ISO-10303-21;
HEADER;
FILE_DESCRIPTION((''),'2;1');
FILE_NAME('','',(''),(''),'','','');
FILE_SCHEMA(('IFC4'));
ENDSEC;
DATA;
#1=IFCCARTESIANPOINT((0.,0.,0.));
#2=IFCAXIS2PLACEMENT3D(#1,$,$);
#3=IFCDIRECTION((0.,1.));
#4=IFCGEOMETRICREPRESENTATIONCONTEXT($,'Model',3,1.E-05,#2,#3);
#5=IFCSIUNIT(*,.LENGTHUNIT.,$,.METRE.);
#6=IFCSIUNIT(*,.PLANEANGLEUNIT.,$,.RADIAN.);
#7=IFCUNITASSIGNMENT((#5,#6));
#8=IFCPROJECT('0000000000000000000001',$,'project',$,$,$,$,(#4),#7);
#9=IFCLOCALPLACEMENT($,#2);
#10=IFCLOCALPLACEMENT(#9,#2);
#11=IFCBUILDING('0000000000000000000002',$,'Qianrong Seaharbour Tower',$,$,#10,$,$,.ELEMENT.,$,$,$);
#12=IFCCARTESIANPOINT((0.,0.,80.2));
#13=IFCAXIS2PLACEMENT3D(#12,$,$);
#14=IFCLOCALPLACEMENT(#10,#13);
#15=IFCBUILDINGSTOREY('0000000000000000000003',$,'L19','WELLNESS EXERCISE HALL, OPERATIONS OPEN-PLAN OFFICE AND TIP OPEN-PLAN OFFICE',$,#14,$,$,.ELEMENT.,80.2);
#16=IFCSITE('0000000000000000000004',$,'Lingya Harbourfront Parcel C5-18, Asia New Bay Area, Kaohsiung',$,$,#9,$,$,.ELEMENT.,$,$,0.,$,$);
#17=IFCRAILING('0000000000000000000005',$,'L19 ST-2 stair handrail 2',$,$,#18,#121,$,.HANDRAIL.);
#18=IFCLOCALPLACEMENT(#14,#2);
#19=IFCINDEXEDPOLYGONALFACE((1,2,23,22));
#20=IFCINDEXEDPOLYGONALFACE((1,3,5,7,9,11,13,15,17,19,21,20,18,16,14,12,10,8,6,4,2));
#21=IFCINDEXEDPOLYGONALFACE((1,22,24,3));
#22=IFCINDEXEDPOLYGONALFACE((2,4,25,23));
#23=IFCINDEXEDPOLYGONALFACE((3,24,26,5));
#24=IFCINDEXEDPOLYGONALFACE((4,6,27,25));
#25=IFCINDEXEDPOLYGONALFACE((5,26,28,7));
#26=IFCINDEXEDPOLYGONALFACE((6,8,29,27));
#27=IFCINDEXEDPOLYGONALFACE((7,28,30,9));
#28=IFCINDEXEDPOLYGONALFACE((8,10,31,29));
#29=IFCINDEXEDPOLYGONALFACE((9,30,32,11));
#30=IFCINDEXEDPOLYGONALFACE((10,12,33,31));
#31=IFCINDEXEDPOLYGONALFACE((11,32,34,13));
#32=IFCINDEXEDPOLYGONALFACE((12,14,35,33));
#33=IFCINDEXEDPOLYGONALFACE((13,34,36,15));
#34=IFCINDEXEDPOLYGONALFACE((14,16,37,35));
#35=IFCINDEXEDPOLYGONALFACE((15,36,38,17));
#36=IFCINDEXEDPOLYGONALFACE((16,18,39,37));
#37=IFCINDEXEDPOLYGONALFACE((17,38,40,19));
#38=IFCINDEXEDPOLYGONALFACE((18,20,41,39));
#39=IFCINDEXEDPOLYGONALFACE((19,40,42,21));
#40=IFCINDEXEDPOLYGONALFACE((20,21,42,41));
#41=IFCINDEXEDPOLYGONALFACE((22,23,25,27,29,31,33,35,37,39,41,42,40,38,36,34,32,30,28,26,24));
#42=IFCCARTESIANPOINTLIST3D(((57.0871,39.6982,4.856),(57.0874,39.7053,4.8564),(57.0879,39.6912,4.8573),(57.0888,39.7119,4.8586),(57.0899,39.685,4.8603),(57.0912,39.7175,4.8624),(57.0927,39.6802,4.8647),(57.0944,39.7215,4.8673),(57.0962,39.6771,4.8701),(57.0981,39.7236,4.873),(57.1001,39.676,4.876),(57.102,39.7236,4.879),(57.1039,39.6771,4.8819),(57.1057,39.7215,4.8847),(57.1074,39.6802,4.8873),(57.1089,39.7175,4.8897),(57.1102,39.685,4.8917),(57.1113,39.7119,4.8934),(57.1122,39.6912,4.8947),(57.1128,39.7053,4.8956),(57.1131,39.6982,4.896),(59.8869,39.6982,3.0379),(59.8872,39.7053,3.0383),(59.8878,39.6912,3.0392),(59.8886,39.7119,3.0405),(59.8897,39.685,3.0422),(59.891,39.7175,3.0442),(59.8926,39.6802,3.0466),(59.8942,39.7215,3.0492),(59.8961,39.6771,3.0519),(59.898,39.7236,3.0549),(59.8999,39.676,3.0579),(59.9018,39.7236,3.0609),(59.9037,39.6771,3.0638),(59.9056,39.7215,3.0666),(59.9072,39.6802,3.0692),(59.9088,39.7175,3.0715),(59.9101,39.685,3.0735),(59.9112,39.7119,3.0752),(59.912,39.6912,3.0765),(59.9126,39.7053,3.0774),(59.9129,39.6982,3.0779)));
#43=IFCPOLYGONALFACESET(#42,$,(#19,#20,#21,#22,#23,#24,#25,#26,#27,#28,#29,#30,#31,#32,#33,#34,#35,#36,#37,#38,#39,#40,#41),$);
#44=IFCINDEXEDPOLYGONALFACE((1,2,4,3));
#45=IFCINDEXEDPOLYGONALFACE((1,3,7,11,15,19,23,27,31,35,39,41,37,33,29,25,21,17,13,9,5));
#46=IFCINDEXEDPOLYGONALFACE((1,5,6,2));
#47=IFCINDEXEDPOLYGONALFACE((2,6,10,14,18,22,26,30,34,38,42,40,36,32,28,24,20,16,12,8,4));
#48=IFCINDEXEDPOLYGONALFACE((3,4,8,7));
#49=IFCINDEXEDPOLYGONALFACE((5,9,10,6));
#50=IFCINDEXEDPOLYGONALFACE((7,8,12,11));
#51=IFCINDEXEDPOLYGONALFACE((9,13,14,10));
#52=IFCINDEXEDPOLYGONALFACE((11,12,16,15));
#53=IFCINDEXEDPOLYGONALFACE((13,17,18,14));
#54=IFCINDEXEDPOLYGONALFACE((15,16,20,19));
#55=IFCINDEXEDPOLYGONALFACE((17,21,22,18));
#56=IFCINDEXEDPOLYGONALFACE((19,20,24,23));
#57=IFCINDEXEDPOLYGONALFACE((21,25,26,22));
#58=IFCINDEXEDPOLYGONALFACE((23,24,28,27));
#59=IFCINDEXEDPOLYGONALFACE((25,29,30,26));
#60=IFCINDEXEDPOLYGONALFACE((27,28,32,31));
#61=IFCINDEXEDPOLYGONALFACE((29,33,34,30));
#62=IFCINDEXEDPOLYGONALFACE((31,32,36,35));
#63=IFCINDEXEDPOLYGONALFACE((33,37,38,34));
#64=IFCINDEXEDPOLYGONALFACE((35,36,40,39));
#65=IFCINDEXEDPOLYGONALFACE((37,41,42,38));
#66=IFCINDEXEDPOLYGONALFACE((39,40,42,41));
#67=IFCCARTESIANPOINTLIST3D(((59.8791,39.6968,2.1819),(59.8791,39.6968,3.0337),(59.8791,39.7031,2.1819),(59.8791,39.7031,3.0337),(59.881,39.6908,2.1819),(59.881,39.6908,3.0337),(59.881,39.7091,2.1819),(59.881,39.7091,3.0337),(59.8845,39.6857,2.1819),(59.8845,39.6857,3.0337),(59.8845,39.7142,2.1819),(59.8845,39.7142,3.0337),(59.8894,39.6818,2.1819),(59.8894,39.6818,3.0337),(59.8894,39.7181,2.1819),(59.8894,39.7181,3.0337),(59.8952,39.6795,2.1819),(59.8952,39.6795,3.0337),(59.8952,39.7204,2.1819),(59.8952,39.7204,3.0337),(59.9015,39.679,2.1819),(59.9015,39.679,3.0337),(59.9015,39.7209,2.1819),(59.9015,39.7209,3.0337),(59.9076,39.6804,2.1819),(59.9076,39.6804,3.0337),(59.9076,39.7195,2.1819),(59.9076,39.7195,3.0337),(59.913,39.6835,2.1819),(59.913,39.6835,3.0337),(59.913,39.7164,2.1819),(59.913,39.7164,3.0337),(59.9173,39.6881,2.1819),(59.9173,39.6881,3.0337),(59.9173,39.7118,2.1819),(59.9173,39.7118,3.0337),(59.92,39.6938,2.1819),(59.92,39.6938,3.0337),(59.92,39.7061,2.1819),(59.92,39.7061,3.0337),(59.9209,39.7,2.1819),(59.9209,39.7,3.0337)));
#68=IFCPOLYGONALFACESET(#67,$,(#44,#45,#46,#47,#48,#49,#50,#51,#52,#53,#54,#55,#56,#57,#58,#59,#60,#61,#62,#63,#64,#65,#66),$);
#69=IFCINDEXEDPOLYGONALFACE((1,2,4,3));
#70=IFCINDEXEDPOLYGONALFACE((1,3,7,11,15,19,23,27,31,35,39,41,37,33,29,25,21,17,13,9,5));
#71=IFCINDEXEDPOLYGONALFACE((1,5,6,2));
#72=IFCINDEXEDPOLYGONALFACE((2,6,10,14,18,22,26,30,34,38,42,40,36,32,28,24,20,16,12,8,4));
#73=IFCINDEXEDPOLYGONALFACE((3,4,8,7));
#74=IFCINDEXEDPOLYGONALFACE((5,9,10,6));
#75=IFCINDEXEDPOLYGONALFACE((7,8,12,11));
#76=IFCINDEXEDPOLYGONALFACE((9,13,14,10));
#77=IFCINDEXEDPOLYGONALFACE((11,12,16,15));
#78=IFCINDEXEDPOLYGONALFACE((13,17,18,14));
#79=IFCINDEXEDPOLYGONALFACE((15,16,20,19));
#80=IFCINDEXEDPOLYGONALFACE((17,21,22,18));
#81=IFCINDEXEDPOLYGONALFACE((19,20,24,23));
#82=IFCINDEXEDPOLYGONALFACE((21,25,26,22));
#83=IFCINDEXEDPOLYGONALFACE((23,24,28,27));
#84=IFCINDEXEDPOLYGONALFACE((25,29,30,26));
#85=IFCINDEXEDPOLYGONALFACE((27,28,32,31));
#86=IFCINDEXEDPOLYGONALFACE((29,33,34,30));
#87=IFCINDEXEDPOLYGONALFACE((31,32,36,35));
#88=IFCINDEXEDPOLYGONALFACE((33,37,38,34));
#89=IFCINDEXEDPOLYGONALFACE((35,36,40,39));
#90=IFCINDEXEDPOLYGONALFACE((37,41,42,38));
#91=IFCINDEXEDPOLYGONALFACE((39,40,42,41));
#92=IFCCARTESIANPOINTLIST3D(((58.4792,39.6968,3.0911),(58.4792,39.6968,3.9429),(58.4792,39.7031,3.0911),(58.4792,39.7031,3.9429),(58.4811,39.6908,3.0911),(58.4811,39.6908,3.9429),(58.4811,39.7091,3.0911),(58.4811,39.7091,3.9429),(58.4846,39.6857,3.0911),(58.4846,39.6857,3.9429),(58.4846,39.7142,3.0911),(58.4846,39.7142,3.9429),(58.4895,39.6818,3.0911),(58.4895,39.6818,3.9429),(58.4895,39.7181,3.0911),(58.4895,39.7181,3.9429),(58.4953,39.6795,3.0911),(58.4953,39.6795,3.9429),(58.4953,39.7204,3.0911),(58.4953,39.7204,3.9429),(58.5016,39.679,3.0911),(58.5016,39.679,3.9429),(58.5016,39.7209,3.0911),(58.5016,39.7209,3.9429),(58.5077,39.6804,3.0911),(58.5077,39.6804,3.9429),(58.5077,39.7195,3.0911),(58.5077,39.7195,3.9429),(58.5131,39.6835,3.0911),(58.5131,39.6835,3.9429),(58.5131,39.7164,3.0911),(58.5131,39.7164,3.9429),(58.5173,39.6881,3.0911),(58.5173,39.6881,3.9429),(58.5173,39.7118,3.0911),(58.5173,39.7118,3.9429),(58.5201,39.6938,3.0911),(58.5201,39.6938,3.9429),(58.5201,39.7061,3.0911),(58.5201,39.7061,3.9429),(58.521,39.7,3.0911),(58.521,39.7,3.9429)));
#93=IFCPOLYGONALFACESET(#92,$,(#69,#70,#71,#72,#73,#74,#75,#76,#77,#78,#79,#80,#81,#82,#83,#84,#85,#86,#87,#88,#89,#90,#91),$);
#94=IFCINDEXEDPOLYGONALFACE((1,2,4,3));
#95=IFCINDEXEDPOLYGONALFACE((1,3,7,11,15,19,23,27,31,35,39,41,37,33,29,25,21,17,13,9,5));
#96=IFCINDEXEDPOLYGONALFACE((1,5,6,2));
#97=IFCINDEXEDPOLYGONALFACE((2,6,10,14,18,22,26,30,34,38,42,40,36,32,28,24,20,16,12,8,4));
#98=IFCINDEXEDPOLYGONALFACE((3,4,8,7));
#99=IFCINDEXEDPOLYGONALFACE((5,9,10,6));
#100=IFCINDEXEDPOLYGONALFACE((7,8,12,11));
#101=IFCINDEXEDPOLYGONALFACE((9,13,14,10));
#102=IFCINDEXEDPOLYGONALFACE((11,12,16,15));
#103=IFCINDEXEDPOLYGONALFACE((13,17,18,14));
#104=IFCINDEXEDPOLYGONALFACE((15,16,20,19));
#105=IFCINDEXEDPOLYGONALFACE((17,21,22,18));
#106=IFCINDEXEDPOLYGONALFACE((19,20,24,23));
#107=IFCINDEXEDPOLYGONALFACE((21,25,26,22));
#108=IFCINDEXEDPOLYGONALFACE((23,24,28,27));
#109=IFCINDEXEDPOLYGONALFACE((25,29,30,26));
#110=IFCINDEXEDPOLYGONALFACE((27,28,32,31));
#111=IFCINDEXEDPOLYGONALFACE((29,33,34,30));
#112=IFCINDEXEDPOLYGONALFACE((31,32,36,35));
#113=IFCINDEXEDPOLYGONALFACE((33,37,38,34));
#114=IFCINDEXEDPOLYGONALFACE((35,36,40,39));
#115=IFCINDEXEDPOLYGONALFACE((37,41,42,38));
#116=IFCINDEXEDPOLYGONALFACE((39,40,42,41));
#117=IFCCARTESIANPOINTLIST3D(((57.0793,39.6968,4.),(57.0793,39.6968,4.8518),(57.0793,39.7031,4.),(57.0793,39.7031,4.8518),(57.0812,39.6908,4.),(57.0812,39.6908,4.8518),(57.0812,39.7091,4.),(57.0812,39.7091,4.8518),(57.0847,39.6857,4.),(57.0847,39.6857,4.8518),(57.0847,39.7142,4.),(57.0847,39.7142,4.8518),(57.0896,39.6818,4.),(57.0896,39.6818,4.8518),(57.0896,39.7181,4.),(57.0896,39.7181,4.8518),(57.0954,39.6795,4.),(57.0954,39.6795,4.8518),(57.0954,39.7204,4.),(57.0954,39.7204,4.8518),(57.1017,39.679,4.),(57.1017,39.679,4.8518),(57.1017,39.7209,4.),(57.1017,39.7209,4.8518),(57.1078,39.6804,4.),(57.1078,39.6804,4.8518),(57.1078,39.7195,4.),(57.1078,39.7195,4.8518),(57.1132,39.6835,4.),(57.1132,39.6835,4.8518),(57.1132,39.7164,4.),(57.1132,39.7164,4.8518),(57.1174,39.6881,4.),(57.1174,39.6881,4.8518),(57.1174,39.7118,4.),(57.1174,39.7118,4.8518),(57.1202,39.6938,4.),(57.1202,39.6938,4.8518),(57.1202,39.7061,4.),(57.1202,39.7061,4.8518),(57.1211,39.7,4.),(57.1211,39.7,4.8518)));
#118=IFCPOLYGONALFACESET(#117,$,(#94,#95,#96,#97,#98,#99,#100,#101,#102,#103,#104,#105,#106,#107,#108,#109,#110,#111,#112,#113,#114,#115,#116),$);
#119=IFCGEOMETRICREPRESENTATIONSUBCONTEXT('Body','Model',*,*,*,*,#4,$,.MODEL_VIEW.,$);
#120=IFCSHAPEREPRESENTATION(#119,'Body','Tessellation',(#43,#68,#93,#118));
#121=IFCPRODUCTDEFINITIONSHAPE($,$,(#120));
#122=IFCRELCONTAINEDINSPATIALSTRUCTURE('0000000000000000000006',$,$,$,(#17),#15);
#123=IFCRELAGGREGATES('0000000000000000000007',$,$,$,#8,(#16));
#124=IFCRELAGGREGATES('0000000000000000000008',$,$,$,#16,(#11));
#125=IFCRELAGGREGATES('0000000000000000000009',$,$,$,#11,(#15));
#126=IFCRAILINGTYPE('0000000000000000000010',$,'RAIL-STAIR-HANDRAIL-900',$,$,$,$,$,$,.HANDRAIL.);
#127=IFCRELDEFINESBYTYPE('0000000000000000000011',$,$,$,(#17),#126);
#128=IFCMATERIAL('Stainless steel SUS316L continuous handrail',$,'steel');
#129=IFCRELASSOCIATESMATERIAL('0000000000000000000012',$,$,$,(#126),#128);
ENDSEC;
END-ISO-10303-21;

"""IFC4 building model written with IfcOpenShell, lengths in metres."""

from ifc_helpers import new_model, si_unit, direction, frame, origin, origin_2d, place, context, subcontext, project, spatial, circle, extrude, material, type_object, element, save


model = new_model("IFC4")

# Units and contexts
model_context = context("Model", 3, precision=1e-05, world=origin(), true_north=direction((0.0, 1.0)))
body_context = subcontext(model_context, "Body", "Model", "MODEL_VIEW")
ifc_project = project(units=[si_unit("LENGTHUNIT", "METRE"), si_unit("PLANEANGLEUNIT", "RADIAN")], contexts=[model_context])

# Site, building, storey
site_placement = place(None, origin())
site = spatial("IfcSite", under=ifc_project, at=site_placement, Name="Lingya Harbourfront Parcel C5-18, Asia New Bay Area, Kaohsiung", CompositionType="ELEMENT", RefElevation=0.0)
building_placement = place(site_placement, origin())
building = spatial("IfcBuilding", under=site, at=building_placement, Name="Qianrong Seaharbour Tower", CompositionType="ELEMENT")
storey_placement = place(building_placement, frame((0.0, 0.0, 80.2)))
storey = spatial("IfcBuildingStorey", under=building, at=storey_placement, Name="L19", Description="WELLNESS EXERCISE HALL, OPERATIONS OPEN-PLAN OFFICE AND TIP OPEN-PLAN OFFICE", CompositionType="ELEMENT", Elevation=80.2)

# Railing
ifc_material_1 = material(Name="Stainless steel SUS316L continuous handrail", Category="steel")
railing_type_1 = type_object("IfcRailingType", Name="RAIL-STAIR-HANDRAIL-900", PredefinedType="HANDRAIL", material=ifc_material_1)
railing_1_placement = place(storey_placement, frame((59.8999, 39.7, 2.1819)))
element("IfcRailing", 1, at=railing_1_placement, inside=storey, type_object=railing_type_1, Name="L19 ST-2 stair handrail 2", PredefinedType="HANDRAIL", context=body_context, shape_type="SweptSolid", body=[
    extrude(circle(Radius=0.0239, at=origin_2d()), frame((0.0, 0.0, 0.876), z_axis=(-0.838684, 0.0, 0.544618), x_axis=(0.0, -1.0, 0.0)), (0.0, 0.0, 1.0), 3.3384),
    extrude(circle(Radius=0.021, at=origin_2d()), origin(), (0.0, 0.0, 1.0), 0.8518),
    extrude(circle(Radius=0.021, at=origin_2d()), frame((-1.3999, 0.0, 0.9092)), (0.0, 0.0, 1.0), 0.8518),
    extrude(circle(Radius=0.021, at=origin_2d()), frame((-2.7998, 0.0, 1.8181)), (0.0, 0.0, 1.0), 0.8518),
])

save(model, "model.ifc")
